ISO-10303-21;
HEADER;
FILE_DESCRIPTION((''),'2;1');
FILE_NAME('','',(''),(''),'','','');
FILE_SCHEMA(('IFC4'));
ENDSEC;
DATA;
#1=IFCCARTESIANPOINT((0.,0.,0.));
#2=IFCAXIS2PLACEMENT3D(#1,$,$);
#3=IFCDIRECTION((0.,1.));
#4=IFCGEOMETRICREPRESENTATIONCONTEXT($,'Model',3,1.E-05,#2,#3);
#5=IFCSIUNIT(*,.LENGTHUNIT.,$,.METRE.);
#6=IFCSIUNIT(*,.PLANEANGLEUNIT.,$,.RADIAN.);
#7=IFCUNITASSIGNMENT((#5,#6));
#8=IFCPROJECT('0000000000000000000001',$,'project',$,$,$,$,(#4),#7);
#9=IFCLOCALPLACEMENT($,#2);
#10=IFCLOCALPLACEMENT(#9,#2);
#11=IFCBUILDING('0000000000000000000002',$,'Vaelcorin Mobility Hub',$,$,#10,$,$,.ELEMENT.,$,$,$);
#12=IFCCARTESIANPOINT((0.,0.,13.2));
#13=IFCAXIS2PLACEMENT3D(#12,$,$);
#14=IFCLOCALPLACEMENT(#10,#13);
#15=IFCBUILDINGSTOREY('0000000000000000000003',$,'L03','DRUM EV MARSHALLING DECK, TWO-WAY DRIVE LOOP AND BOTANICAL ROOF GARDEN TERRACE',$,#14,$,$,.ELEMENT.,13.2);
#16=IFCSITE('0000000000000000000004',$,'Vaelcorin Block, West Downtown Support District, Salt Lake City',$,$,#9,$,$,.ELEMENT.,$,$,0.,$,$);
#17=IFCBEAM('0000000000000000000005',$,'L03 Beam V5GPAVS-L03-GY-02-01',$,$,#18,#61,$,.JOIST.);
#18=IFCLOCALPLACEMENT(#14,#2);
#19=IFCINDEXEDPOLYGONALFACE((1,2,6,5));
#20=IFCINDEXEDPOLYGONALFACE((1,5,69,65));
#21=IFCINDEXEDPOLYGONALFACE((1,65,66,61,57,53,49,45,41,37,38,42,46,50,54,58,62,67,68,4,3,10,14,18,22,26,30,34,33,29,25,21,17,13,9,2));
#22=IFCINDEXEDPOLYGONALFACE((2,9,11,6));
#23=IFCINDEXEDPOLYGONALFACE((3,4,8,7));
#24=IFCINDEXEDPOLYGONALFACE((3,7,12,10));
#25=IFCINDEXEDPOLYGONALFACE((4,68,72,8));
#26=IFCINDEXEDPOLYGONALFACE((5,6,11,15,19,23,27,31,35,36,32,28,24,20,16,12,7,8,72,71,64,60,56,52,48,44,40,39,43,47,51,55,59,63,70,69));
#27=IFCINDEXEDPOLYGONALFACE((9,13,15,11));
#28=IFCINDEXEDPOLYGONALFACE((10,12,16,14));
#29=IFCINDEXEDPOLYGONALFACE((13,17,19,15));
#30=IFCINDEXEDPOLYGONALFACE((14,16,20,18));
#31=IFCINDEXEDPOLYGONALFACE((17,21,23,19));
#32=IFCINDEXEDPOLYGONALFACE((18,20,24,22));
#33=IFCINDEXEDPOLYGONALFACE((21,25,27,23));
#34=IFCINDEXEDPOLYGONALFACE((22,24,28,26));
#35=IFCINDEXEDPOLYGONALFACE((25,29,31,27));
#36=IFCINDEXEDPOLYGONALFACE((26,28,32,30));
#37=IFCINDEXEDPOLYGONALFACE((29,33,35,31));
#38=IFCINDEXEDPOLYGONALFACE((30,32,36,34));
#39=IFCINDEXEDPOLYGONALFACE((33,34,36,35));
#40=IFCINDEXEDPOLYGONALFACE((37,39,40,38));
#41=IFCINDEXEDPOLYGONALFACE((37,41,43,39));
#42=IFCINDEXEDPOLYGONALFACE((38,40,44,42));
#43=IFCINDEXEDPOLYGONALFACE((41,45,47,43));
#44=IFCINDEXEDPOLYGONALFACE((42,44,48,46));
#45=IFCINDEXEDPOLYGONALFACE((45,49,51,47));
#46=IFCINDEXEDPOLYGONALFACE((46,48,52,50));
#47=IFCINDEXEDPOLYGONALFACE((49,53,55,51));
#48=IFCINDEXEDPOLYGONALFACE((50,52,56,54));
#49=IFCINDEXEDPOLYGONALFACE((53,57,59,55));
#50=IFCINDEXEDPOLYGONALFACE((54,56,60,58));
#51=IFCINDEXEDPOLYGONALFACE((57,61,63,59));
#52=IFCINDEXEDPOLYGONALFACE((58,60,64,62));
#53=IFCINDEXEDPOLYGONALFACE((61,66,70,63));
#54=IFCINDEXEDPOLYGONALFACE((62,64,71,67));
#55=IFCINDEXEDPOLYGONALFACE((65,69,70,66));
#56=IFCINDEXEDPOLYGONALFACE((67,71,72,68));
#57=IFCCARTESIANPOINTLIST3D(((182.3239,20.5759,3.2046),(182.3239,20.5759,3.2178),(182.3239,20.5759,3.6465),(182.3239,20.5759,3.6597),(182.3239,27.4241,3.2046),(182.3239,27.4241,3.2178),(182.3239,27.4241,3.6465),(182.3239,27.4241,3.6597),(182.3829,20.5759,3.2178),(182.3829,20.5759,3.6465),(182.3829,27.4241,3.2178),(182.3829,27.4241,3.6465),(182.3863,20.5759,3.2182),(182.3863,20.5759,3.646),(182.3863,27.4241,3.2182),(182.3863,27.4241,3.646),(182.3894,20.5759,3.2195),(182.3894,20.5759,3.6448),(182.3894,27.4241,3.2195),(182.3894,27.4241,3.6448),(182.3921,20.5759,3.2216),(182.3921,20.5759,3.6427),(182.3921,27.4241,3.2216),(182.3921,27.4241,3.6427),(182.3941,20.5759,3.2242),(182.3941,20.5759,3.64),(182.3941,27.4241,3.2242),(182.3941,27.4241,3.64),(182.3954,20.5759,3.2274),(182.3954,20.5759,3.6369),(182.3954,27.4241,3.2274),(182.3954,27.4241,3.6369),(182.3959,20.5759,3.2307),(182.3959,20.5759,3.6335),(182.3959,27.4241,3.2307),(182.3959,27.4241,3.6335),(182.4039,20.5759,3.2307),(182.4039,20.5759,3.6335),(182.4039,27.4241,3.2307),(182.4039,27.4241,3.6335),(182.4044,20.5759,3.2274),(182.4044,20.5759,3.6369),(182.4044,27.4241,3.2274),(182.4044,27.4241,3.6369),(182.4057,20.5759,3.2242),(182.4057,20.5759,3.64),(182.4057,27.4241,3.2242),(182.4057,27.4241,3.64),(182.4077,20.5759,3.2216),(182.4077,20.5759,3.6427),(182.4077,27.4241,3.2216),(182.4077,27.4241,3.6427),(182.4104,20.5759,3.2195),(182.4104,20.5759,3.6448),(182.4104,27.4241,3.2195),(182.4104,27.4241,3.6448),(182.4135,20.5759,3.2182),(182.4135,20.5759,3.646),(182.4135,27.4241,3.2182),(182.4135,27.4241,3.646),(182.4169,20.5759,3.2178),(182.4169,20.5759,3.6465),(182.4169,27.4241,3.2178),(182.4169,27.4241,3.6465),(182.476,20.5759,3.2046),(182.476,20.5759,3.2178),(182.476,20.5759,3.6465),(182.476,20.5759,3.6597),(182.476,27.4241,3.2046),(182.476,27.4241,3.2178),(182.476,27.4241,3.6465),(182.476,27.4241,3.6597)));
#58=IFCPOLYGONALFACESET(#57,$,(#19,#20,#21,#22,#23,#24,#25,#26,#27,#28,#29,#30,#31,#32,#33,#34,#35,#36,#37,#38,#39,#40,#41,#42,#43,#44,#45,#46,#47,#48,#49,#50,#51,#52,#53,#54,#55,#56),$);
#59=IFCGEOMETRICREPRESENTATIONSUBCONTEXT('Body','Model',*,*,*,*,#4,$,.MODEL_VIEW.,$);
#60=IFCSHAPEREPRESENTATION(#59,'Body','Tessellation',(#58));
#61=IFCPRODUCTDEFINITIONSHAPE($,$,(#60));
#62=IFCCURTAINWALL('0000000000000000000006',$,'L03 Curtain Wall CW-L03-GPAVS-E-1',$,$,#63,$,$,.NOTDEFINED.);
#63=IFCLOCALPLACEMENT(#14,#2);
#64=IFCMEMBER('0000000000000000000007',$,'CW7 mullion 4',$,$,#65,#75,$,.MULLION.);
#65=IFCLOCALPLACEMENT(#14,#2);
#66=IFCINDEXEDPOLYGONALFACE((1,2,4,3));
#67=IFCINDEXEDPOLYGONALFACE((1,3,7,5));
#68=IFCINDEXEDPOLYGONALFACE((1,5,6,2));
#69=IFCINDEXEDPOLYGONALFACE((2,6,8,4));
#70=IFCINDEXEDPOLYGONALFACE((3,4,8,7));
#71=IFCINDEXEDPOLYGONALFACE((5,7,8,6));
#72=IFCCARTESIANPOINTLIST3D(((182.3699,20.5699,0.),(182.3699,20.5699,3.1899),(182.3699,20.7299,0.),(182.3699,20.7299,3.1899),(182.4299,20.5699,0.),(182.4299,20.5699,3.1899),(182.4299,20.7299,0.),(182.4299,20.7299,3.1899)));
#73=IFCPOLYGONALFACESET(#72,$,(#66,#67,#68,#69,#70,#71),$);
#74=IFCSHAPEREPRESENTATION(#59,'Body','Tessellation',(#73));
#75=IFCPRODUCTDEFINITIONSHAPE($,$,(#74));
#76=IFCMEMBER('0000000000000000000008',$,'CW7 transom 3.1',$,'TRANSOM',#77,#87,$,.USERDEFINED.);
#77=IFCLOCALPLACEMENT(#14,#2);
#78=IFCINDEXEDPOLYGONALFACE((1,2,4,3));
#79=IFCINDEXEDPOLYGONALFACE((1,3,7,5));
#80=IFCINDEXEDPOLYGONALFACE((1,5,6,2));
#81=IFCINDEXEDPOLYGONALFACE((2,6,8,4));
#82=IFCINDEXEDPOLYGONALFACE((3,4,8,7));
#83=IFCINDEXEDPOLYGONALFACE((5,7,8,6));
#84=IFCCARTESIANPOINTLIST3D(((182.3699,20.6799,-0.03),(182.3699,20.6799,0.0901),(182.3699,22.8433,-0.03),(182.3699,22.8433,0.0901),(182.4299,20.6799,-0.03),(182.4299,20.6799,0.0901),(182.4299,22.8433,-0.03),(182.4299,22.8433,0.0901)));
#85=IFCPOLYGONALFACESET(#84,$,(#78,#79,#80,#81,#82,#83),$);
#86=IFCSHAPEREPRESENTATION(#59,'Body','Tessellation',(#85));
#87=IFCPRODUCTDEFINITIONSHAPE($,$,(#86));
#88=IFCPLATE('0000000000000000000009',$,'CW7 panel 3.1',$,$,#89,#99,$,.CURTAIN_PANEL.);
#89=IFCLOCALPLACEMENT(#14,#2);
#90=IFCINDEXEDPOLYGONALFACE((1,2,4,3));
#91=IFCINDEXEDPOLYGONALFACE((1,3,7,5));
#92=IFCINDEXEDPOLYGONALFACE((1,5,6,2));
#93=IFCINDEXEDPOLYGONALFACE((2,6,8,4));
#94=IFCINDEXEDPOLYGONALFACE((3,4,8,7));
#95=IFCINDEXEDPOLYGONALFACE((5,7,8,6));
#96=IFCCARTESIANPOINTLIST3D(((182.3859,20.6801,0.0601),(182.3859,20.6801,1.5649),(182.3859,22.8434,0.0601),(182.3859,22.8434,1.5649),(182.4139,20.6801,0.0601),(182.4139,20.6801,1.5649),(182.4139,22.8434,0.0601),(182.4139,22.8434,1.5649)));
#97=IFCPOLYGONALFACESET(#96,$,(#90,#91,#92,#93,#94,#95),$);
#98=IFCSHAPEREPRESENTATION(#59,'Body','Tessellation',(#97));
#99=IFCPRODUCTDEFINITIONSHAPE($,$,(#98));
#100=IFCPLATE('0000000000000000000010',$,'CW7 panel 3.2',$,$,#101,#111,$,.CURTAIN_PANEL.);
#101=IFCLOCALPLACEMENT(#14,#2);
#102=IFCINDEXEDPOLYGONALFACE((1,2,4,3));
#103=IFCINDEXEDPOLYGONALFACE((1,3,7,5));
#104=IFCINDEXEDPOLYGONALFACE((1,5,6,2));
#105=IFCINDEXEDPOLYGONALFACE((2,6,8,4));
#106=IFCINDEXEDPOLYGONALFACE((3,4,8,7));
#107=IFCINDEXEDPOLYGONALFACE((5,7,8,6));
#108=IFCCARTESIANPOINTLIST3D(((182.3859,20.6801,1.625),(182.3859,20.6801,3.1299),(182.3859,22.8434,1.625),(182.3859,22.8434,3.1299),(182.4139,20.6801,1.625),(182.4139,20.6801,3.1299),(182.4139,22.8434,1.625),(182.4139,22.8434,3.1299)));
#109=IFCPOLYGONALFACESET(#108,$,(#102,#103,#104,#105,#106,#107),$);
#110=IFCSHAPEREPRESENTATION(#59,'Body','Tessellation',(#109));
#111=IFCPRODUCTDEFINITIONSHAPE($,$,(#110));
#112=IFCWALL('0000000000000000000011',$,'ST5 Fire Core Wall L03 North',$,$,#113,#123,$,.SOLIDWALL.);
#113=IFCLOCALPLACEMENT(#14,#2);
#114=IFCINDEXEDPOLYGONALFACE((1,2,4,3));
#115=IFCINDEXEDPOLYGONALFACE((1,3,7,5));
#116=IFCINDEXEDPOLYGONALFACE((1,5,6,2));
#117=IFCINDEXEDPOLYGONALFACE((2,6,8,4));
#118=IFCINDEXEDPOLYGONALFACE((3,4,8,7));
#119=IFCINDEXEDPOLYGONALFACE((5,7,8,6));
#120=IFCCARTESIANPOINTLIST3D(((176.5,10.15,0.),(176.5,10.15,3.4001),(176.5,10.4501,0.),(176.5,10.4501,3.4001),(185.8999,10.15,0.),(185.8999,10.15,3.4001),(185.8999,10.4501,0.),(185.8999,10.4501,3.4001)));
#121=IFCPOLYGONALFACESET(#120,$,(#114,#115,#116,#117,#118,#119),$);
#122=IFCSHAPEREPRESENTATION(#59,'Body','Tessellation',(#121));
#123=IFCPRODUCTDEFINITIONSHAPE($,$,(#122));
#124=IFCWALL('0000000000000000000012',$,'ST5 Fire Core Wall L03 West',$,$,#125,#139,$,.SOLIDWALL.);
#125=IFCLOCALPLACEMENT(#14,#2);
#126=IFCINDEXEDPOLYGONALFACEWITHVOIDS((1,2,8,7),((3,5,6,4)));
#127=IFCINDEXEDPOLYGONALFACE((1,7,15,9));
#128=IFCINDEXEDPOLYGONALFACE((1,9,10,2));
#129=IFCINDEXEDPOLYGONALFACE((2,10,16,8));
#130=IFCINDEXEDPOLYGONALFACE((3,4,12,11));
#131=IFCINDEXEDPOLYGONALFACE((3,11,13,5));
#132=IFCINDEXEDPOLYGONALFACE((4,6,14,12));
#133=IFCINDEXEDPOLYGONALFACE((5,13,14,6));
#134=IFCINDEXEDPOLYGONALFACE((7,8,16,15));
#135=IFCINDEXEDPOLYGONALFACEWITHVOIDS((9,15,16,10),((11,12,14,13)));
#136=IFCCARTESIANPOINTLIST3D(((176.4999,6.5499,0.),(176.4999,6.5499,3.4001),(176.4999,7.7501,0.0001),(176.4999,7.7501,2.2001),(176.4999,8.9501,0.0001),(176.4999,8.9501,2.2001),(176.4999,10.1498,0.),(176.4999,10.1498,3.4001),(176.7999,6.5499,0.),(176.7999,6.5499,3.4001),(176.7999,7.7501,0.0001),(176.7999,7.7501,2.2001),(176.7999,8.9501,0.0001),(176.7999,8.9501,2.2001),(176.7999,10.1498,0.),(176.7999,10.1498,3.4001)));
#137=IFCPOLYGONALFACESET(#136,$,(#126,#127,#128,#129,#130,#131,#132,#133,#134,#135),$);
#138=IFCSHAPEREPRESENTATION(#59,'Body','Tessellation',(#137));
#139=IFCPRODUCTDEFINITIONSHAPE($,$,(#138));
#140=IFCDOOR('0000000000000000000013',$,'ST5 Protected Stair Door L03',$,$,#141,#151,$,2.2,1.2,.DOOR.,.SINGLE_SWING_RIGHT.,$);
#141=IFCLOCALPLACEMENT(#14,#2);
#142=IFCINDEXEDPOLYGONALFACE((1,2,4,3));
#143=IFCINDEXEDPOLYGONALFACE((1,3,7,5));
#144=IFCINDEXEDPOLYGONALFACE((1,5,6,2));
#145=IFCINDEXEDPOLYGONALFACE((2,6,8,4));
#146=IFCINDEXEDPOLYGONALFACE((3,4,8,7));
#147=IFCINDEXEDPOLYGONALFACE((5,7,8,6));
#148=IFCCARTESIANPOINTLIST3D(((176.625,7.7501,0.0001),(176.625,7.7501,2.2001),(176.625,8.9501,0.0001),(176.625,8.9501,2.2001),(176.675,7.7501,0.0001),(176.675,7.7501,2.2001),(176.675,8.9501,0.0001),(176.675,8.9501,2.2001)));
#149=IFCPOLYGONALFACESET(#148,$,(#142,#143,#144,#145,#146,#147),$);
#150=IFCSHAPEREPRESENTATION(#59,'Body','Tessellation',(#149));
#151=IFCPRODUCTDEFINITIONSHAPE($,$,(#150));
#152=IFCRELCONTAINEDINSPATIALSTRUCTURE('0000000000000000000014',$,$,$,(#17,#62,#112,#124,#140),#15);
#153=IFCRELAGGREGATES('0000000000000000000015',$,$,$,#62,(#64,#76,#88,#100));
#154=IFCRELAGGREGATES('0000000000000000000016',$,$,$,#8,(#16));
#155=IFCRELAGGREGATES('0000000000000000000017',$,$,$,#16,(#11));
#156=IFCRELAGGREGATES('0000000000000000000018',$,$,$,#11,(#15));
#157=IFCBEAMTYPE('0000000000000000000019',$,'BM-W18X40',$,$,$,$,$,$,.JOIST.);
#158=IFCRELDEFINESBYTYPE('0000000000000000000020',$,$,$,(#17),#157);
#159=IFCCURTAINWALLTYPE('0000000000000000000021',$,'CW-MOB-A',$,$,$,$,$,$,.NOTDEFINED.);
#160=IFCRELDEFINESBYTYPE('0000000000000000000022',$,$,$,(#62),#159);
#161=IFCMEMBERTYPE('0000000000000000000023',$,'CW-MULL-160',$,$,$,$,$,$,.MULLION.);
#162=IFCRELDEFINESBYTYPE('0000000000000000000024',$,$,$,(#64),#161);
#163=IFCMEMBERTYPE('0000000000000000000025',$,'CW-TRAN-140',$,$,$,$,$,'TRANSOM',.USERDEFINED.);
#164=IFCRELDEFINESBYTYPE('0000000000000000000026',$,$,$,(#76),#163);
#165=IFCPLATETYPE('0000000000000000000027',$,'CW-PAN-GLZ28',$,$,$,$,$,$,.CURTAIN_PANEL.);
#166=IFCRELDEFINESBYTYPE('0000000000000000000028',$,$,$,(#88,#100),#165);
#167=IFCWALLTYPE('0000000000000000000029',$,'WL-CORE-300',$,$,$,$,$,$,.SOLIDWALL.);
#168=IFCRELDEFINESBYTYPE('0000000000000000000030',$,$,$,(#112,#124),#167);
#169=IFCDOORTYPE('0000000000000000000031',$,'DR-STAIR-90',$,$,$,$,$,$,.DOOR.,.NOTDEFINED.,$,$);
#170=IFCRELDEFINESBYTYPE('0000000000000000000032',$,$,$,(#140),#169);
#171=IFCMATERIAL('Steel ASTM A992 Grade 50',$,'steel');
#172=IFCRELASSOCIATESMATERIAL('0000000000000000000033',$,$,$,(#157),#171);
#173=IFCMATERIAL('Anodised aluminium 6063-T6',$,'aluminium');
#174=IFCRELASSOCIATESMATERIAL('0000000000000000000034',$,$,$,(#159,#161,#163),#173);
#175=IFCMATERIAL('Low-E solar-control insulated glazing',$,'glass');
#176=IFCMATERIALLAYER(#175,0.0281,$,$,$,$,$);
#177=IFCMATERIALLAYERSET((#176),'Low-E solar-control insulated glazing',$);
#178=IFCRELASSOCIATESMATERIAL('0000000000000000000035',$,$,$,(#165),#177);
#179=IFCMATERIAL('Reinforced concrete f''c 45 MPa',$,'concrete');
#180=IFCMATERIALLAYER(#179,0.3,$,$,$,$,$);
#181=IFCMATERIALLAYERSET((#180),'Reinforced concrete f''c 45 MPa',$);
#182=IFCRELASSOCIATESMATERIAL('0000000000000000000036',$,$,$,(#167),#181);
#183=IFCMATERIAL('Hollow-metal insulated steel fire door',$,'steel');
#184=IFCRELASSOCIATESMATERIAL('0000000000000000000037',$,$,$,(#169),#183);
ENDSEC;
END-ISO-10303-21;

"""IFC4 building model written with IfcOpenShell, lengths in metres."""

from ifc_helpers import new_model, si_unit, direction, frame, frame_2d, origin, origin_2d, place, context, subcontext, project, spatial, rectangle, i_section, extrude, material, layer, layer_set, material_profile, profile_set, type_object, element, fill, aggregate, save


model = new_model("IFC4")

# Units and contexts
model_context = context("Model", 3, precision=1e-05, world=origin(), true_north=direction((0.0, 1.0)))
body_context = subcontext(model_context, "Body", "Model", "MODEL_VIEW")
ifc_project = project(units=[si_unit("LENGTHUNIT", "METRE"), si_unit("PLANEANGLEUNIT", "RADIAN")], contexts=[model_context])

# Site, building, storey
site_placement = place(None, origin())
site = spatial("IfcSite", under=ifc_project, at=site_placement, Name="Vaelcorin Block, West Downtown Support District, Salt Lake City", CompositionType="ELEMENT", RefElevation=0.0)
building_placement = place(site_placement, origin())
building = spatial("IfcBuilding", under=site, at=building_placement, Name="Vaelcorin Mobility Hub", CompositionType="ELEMENT")
storey_placement = place(building_placement, frame((0.0, 0.0, 13.2)))
storey = spatial("IfcBuildingStorey", under=building, at=storey_placement, Name="L03", Description="DRUM EV MARSHALLING DECK, TWO-WAY DRIVE LOOP AND BOTANICAL ROOF GARDEN TERRACE", CompositionType="ELEMENT", Elevation=13.2)

# Shared definitions
ifc_material_1 = material(Name="Steel ASTM A992 Grade 50", Category="steel")

# Beam
ifc_material_profile_1 = material_profile(ifc_material_1, i_section(OverallWidth=0.1521, OverallDepth=0.4551, WebThickness=0.0081, FlangeThickness=0.0132, FilletRadius=0.0129, at=origin_2d()), Name="W18X40")
ifc_profile_set_1 = profile_set([ifc_material_profile_1], Name="Steel ASTM A992 Grade 50")
beam_type_1 = type_object("IfcBeamType", Name="BM-W18X40", PredefinedType="JOIST", material=ifc_profile_set_1)
for number, where, z_axis, x_axis, name in (
    (1, (182.3999, 20.5759, 3.4321), (0.0, 1.0, 0.0), (-1.0, 0.0, 0.0), "L03 Beam V5GPAVS-L03-GY-02-01"),
):
    element("IfcBeam", number, at=place(storey_placement, frame(where, z_axis=z_axis, x_axis=x_axis)), inside=storey, type_object=beam_type_1, Name=name, PredefinedType="JOIST", context=body_context, shape_type="SweptSolid", body=[
        extrude(i_section(OverallWidth=0.1521, OverallDepth=0.4551, WebThickness=0.0081, FlangeThickness=0.0132, FilletRadius=0.0129, at=origin_2d()), origin(), (0.0, 0.0, 1.0), 6.8481),
    ])

# Curtain wall, members, plates
ifc_material_2 = material(Name="Anodised aluminium 6063-T6", Category="aluminium")
curtain_wall_type = type_object("IfcCurtainWallType", Name="CW-MOB-A", PredefinedType="NOTDEFINED", material=ifc_material_2)
curtain_wall_placement = place(storey_placement, origin())
curtain_wall = element("IfcCurtainWall", 2, at=curtain_wall_placement, inside=storey, type_object=curtain_wall_type, Name="L03 Curtain Wall CW-L03-GPAVS-E-1", PredefinedType="NOTDEFINED")
ifc_material_profile_2 = material_profile(ifc_material_2, rectangle(XDim=0.0601, YDim=0.1599, at=origin_2d()), Name="ALU-M60X160")
ifc_profile_set_2 = profile_set([ifc_material_profile_2], Name="Anodised aluminium 6063-T6")
member_type_1 = type_object("IfcMemberType", Name="CW-MULL-160", PredefinedType="MULLION", material=ifc_profile_set_2)
member_1_placement = place(storey_placement, frame((182.3999, 20.6499, 0.0), z_axis=(0.0, 0.0, 1.0), x_axis=(1.0, 0.0, 0.0)))
member_1 = element("IfcMember", 3, at=member_1_placement, type_object=member_type_1, Name="CW7 mullion 4", PredefinedType="MULLION", context=body_context, shape_type="SweptSolid", body=[
    extrude(rectangle(XDim=0.0601, YDim=0.1599, at=origin_2d()), origin(), (0.0, 0.0, 1.0), 3.1899),
])
ifc_material_profile_3 = material_profile(ifc_material_2, rectangle(XDim=0.0601, YDim=0.1201, at=origin_2d()), Name="ALU-T60X120")
ifc_profile_set_3 = profile_set([ifc_material_profile_3], Name="Anodised aluminium 6063-T6")
member_type_2 = type_object("IfcMemberType", Name="CW-TRAN-140", ElementType="TRANSOM", PredefinedType="USERDEFINED", material=ifc_profile_set_3)
member_2_placement = place(storey_placement, frame((182.3999, 22.8433, 0.03), z_axis=(0.0, -1.0, 0.0), x_axis=(1.0, 0.0, 0.0)))
member_2 = element("IfcMember", 4, at=member_2_placement, type_object=member_type_2, Name="CW7 transom 3.1", ObjectType="TRANSOM", PredefinedType="USERDEFINED", context=body_context, shape_type="SweptSolid", body=[
    extrude(rectangle(XDim=0.0601, YDim=0.1201, at=origin_2d()), origin(), (0.0, 0.0, 1.0), 2.1633),
])
ifc_material_3 = material(Name="Low-E solar-control insulated glazing", Category="glass")
ifc_layer_1 = layer(ifc_material_3, 0.0281)
ifc_layer_set_1 = layer_set([ifc_layer_1], Name="Low-E solar-control insulated glazing")
plate_type = type_object("IfcPlateType", Name="CW-PAN-GLZ28", PredefinedType="CURTAIN_PANEL", material=ifc_layer_set_1)
plate_1_placement = place(storey_placement, frame((182.3999, 21.7617, 0.0601), z_axis=(0.0, 0.0, 1.0), x_axis=(0.0, -1.0, 0.0)))
plate_1 = element("IfcPlate", 5, at=plate_1_placement, type_object=plate_type, Name="CW7 panel 3.1", PredefinedType="CURTAIN_PANEL", context=body_context, shape_type="SweptSolid", body=[
    extrude(rectangle(XDim=2.1633, YDim=0.0281, at=origin_2d()), origin(), (0.0, 0.0, 1.0), 1.5049),
])
plate_2_placement = place(storey_placement, frame((182.3999, 21.7617, 1.625), z_axis=(0.0, 0.0, 1.0), x_axis=(0.0, -1.0, 0.0)))
plate_2 = element("IfcPlate", 6, at=plate_2_placement, type_object=plate_type, Name="CW7 panel 3.2", PredefinedType="CURTAIN_PANEL", context=body_context, shape_type="SweptSolid", body=[
    extrude(rectangle(XDim=2.1633, YDim=0.0281, at=origin_2d()), origin(), (0.0, 0.0, 1.0), 1.5049),
])
aggregate(curtain_wall, [member_1, member_2, plate_1, plate_2])

# Wall
ifc_material_4 = material(Name="Reinforced concrete f'c 45 MPa", Category="concrete")
ifc_layer_2 = layer(ifc_material_4, 0.3)
ifc_layer_set_2 = layer_set([ifc_layer_2], Name="Reinforced concrete f'c 45 MPa")
wall_type_1 = type_object("IfcWallType", Name="WL-CORE-300", PredefinedType="SOLIDWALL", material=ifc_layer_set_2)
wall_1_placement = place(storey_placement, frame((176.5, 10.3, 0.0), z_axis=(0.0, 0.0, 1.0), x_axis=(1.0, 0.0, 0.0)))
element("IfcWall", 7, at=wall_1_placement, inside=storey, type_object=wall_type_1, Name="ST5 Fire Core Wall L03 North", PredefinedType="SOLIDWALL", context=body_context, shape_type="SweptSolid", body=[
    extrude(rectangle(XDim=9.3999, YDim=0.3, at=frame_2d((4.7, 0.0))), origin(), (0.0, 0.0, 1.0), 3.4001),
])

# Wall, opening, door
wall_2_placement = place(storey_placement, frame((176.6499, 6.55, 0.0), z_axis=(0.0, 0.0, 1.0), x_axis=(0.0, 1.0, 0.0)))
wall_2 = element("IfcWall", 8, at=wall_2_placement, inside=storey, type_object=wall_type_1, Name="ST5 Fire Core Wall L03 West", PredefinedType="SOLIDWALL", context=body_context, shape_type="SweptSolid", body=[
    extrude(rectangle(XDim=3.5999, YDim=0.3, at=frame_2d((1.7998, 0.0))), origin(), (0.0, 0.0, 1.0), 3.4001),
])
opening_1_placement = place(wall_2_placement, frame((1.2, 0.0, 0.0)))
opening_1 = element("IfcOpeningElement", 9, at=opening_1_placement, cuts=wall_2, PredefinedType="OPENING", context=body_context, shape_type="SweptSolid", body=[
    extrude(rectangle(XDim=1.2, YDim=2.2, at=frame_2d((0.6001, 1.1001))), frame((0.0, 0.1599, 0.0), z_axis=(0.0, -1.0, 0.0), x_axis=(1.0, 0.0, 0.0)), (0.0, 0.0, 1.0), 0.3201),
])
ifc_material_5 = material(Name="Hollow-metal insulated steel fire door", Category="steel")
door_type_1 = type_object("IfcDoorType", Name="DR-STAIR-90", OperationType="NOTDEFINED", PredefinedType="DOOR", material=ifc_material_5)
door_1_placement = place(opening_1_placement, origin())
door_1 = element("IfcDoor", 10, at=door_1_placement, inside=storey, type_object=door_type_1, Name="ST5 Protected Stair Door L03", OperationType="SINGLE_SWING_RIGHT", OverallHeight=2.2, OverallWidth=1.2, PredefinedType="DOOR", context=body_context, shape_type="SweptSolid", body=[
    extrude(rectangle(XDim=1.2, YDim=2.2, at=frame_2d((0.6001, 1.1001))), frame((0.0, 0.0249, 0.0), z_axis=(0.0, -1.0, 0.0), x_axis=(1.0, 0.0, 0.0)), (0.0, 0.0, 1.0), 0.05),
])
fill(opening_1, door_1)

save(model, "model.ifc")
